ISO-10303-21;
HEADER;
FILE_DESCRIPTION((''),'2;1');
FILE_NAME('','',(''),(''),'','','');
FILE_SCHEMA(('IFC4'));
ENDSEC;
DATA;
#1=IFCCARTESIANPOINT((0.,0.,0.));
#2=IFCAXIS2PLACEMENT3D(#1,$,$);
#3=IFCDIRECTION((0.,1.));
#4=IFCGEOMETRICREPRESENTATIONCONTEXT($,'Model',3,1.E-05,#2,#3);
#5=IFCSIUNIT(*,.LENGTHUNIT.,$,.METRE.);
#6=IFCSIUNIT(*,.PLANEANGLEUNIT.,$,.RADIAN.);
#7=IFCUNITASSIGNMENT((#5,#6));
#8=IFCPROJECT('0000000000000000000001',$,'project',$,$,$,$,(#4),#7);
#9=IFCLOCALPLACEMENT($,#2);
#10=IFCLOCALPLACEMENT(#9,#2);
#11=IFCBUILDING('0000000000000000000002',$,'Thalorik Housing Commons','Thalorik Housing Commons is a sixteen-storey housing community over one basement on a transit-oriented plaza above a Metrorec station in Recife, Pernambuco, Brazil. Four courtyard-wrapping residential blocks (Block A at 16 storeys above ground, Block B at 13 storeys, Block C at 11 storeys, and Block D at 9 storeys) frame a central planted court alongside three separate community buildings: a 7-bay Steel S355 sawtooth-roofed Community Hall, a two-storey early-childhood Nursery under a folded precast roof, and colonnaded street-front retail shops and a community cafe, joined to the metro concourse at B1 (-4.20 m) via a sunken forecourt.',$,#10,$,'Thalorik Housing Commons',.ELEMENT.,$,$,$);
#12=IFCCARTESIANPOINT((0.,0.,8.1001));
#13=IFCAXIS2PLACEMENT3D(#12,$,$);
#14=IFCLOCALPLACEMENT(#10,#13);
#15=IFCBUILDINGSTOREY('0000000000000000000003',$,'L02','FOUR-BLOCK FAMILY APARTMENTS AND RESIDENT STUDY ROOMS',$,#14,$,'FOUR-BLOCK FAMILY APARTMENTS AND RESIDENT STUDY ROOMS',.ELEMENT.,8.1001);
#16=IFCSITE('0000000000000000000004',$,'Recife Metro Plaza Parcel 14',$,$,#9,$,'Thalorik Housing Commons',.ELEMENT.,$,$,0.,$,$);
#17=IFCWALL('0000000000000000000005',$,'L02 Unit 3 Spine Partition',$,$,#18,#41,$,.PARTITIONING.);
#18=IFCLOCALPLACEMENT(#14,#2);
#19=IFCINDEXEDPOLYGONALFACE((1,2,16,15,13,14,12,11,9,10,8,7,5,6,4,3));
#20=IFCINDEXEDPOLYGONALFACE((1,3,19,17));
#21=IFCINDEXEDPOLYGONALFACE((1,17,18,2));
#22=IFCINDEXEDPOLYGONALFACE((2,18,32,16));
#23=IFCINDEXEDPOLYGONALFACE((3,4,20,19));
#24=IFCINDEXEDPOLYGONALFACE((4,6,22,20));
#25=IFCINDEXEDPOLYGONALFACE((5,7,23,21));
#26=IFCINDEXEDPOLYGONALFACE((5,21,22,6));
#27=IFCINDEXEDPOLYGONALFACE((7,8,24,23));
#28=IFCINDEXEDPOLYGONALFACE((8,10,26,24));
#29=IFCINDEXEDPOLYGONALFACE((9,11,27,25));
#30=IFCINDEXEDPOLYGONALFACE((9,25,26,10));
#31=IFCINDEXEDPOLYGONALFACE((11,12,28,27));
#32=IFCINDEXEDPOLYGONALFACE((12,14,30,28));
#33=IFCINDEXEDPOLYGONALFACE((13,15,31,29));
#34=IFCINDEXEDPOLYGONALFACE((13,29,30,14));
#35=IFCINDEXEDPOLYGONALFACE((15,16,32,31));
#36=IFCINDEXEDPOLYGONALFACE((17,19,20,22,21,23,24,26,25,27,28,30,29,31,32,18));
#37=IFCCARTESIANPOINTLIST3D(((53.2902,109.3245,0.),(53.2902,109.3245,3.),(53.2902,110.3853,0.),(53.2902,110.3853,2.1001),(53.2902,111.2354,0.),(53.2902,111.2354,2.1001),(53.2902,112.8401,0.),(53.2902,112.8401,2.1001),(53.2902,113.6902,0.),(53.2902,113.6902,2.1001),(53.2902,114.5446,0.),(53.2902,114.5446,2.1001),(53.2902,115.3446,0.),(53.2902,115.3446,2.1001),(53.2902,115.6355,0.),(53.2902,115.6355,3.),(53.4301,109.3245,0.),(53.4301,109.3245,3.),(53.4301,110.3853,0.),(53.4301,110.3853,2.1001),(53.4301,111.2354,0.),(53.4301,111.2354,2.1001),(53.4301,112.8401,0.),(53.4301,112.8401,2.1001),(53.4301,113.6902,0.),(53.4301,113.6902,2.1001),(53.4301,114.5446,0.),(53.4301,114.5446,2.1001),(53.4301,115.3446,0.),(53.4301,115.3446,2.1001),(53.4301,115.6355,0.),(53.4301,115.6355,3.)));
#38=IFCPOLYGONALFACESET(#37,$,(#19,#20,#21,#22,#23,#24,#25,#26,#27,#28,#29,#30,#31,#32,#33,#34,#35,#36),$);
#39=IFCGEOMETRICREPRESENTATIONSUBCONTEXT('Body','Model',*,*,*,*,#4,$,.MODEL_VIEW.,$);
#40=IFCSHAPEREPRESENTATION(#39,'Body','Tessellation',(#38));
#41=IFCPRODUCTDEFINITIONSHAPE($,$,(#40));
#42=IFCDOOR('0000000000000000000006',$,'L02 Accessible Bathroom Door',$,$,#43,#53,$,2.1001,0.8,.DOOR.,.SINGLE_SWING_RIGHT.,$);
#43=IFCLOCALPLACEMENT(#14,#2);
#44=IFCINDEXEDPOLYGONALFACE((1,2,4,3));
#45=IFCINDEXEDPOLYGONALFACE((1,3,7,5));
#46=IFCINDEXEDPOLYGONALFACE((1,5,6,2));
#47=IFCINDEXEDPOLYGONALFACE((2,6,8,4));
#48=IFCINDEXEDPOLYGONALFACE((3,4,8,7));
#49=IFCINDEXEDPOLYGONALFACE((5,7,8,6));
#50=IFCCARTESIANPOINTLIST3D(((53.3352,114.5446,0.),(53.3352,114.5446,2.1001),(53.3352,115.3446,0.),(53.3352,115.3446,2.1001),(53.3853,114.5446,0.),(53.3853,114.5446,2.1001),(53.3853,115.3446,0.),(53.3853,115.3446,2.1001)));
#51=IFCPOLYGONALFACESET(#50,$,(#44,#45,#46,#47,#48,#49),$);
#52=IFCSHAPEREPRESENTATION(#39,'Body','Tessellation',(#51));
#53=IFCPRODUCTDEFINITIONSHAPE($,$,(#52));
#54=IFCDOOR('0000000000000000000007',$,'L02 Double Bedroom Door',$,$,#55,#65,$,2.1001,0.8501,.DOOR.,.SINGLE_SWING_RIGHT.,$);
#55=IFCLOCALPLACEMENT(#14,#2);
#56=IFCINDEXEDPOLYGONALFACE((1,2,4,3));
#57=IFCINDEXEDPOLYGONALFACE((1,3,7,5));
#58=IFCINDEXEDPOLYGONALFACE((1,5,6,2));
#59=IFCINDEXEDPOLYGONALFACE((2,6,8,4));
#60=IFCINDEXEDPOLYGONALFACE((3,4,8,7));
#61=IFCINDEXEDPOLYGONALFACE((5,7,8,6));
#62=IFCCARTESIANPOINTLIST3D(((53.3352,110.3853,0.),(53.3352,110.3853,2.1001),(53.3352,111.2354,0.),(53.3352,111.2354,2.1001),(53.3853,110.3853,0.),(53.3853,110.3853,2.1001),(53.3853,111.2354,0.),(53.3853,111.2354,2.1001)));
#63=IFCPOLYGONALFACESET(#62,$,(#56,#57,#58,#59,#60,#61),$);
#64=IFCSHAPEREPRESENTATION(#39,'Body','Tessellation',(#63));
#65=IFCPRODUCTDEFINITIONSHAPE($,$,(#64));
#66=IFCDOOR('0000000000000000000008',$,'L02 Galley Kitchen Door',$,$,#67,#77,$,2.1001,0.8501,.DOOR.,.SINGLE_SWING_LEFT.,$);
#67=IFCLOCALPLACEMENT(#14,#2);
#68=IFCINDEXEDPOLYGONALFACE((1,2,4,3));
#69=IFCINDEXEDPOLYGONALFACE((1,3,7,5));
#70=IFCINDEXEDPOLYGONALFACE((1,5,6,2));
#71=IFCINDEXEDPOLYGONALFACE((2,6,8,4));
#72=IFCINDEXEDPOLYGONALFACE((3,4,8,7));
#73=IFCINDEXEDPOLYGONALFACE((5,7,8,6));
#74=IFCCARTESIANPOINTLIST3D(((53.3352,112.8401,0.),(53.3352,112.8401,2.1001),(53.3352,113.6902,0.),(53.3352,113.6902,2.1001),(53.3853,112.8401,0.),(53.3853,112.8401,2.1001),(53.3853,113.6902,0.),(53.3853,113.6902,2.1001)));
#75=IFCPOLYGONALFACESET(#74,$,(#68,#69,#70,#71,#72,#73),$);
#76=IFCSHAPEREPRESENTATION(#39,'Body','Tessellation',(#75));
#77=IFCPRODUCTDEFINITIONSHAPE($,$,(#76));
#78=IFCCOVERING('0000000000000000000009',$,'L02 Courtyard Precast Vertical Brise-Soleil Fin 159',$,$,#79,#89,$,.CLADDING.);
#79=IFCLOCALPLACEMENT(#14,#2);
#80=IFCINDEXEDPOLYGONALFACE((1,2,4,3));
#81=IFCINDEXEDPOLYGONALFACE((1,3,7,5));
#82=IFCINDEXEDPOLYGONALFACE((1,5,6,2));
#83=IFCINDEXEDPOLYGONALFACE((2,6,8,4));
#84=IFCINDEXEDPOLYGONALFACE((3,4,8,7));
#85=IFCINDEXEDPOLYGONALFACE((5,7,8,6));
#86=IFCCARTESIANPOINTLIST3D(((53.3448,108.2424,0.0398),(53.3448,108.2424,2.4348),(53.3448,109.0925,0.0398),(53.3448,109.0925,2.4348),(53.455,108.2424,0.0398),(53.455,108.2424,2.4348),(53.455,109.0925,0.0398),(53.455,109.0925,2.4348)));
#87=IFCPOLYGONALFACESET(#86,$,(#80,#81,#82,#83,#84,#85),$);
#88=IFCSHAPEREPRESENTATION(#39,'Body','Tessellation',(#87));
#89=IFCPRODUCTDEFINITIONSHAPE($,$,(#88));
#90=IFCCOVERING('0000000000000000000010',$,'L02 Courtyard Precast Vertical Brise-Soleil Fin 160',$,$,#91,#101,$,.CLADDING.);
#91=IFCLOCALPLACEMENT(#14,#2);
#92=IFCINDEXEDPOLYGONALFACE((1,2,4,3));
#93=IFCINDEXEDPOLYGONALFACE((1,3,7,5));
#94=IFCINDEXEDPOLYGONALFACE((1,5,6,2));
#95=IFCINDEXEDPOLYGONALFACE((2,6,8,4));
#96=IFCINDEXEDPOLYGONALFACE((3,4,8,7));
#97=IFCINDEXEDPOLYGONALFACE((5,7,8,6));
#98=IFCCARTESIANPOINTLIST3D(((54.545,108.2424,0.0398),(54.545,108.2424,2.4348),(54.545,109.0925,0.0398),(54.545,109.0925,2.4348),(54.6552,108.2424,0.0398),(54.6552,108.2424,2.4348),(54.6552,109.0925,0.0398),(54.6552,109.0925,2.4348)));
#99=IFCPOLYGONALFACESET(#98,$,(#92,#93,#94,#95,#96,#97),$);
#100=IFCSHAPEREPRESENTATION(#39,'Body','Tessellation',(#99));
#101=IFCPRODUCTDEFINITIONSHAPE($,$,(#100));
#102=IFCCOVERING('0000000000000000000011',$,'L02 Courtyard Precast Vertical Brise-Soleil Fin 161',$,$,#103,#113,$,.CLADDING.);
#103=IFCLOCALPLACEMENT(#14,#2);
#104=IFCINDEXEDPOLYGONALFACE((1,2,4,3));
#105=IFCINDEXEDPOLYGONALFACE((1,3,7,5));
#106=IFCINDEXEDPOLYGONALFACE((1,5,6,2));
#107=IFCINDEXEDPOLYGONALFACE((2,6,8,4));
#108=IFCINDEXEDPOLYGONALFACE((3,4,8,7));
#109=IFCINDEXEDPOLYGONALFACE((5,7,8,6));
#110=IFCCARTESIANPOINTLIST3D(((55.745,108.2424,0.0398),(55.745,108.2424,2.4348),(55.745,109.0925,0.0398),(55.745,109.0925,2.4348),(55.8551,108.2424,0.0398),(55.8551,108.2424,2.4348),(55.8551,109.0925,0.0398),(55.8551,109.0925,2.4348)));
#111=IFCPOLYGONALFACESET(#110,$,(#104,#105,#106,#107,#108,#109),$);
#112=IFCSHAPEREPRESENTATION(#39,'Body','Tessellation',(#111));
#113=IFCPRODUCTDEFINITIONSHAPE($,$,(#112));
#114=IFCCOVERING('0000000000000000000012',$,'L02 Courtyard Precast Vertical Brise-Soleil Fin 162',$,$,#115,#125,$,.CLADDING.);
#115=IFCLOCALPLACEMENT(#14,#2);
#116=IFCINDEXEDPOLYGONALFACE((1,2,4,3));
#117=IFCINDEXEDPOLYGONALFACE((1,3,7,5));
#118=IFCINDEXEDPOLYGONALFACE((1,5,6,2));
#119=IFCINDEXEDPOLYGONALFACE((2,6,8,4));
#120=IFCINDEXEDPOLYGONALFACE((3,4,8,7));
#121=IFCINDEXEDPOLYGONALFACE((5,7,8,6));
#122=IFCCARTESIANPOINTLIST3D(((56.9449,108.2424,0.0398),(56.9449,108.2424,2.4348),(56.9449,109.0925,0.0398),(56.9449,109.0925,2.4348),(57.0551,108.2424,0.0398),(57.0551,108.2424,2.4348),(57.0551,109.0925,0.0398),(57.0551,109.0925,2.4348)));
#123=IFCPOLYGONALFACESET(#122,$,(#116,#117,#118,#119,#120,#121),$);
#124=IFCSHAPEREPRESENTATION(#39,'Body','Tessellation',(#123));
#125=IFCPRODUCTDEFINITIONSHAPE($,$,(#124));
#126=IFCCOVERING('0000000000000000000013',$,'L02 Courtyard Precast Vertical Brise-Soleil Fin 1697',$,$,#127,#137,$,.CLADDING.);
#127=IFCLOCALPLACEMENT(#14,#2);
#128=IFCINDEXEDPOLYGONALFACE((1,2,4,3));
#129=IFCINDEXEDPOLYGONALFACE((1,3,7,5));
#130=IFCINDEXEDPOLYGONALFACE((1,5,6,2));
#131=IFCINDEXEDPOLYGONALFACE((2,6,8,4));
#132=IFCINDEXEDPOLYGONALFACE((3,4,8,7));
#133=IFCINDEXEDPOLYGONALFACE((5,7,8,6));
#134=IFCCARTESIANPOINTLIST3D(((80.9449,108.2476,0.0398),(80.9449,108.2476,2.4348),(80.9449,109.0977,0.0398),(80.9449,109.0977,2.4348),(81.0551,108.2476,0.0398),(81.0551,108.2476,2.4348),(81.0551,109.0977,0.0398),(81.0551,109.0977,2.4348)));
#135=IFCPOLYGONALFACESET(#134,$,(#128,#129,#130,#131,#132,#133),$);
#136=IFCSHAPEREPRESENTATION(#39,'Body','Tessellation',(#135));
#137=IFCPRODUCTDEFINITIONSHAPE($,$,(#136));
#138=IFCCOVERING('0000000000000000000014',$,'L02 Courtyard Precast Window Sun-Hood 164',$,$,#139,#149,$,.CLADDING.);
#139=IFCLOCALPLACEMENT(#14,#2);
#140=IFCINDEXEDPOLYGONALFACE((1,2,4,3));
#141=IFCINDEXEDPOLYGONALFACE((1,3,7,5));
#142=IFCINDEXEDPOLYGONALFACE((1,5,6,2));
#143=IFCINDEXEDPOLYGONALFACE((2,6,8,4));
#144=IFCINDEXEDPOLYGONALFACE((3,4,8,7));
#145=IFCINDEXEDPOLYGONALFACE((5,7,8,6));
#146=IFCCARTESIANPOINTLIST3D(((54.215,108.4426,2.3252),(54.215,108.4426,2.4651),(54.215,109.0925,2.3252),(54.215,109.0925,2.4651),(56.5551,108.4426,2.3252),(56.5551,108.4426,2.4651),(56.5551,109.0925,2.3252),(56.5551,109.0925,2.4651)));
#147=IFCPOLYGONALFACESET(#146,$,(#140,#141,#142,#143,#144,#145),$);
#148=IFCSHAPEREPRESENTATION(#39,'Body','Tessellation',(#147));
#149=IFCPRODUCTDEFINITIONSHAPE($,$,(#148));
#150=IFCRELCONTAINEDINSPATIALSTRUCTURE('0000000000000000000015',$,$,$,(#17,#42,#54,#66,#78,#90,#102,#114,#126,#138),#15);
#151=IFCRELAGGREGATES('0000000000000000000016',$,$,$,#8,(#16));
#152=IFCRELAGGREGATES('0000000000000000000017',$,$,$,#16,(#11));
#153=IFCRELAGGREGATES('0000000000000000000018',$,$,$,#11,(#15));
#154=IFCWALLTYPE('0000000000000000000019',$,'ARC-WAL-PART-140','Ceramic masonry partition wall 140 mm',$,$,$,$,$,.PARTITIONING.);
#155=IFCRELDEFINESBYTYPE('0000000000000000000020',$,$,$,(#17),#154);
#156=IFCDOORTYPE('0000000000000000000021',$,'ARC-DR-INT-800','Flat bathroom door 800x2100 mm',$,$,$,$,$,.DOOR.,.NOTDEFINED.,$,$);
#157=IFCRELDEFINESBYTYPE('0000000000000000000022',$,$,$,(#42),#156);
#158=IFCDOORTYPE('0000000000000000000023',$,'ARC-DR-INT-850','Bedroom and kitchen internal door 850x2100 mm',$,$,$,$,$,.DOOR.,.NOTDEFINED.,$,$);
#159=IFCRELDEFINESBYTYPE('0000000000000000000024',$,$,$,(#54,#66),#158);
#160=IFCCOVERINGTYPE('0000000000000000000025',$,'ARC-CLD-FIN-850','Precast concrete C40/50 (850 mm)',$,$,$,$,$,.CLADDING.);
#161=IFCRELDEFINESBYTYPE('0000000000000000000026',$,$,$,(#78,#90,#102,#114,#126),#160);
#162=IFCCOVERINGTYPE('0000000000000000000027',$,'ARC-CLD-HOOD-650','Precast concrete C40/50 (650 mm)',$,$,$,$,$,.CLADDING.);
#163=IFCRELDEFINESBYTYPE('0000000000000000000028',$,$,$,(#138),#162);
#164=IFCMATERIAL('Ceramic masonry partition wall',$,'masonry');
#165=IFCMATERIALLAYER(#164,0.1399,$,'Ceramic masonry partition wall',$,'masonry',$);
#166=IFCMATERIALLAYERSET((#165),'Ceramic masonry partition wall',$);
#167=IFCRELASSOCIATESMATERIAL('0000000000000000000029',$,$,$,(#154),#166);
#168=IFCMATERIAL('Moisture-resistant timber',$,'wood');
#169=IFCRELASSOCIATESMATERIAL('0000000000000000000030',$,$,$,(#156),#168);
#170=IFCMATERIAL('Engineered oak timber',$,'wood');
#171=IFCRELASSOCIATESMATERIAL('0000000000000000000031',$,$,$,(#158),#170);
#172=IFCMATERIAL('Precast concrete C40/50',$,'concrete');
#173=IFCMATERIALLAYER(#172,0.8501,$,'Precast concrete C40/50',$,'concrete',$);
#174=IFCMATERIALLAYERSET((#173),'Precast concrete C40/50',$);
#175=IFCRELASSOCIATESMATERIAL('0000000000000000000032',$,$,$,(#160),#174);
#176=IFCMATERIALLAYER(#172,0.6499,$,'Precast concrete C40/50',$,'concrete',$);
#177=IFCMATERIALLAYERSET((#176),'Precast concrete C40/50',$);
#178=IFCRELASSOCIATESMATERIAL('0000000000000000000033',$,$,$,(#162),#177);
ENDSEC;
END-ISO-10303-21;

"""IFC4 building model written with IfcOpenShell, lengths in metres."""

from ifc_helpers import new_model, si_unit, direction, frame, frame_2d, origin, origin_2d, place, context, subcontext, project, spatial, rectangle, extrude, material, layer, layer_set, type_object, element, fill, save


model = new_model("IFC4")

# Units and contexts
model_context = context("Model", 3, precision=1e-05, world=origin(), true_north=direction((0.0, 1.0)))
body_context = subcontext(model_context, "Body", "Model", "MODEL_VIEW")
ifc_project = project(units=[si_unit("LENGTHUNIT", "METRE"), si_unit("PLANEANGLEUNIT", "RADIAN")], contexts=[model_context])

# Site, building, storey
site_placement = place(None, origin())
site = spatial("IfcSite", under=ifc_project, at=site_placement, Name="Recife Metro Plaza Parcel 14", LongName="Thalorik Housing Commons", CompositionType="ELEMENT", RefElevation=0.0)
building_placement = place(site_placement, origin())
building = spatial("IfcBuilding", under=site, at=building_placement, Name="Thalorik Housing Commons", Description="Thalorik Housing Commons is a sixteen-storey housing community over one basement on a transit-oriented plaza above a Metrorec station in Recife, Pernambuco, Brazil. Four courtyard-wrapping residential blocks (Block A at 16 storeys above ground, Block B at 13 storeys, Block C at 11 storeys, and Block D at 9 storeys) frame a central planted court alongside three separate community buildings: a 7-bay Steel S355 sawtooth-roofed Community Hall, a two-storey early-childhood Nursery under a folded precast roof, and colonnaded street-front retail shops and a community cafe, joined to the metro concourse at B1 (-4.20 m) via a sunken forecourt.", LongName="Thalorik Housing Commons", CompositionType="ELEMENT")
storey_placement = place(building_placement, frame((0.0, 0.0, 8.1001)))
storey = spatial("IfcBuildingStorey", under=building, at=storey_placement, Name="L02", Description="FOUR-BLOCK FAMILY APARTMENTS AND RESIDENT STUDY ROOMS", LongName="FOUR-BLOCK FAMILY APARTMENTS AND RESIDENT STUDY ROOMS", CompositionType="ELEMENT", Elevation=8.1001)

# Shared definitions
ifc_material_1 = material(Name="Precast concrete C40/50", Category="concrete")

# Wall, openings, doors
ifc_material_2 = material(Name="Ceramic masonry partition wall", Category="masonry")
ifc_layer_1 = layer(ifc_material_2, 0.1399, Name="Ceramic masonry partition wall", Category="masonry")
ifc_layer_set_1 = layer_set([ifc_layer_1], Name="Ceramic masonry partition wall")
wall_type_1 = type_object("IfcWallType", Name="ARC-WAL-PART-140", Description="Ceramic masonry partition wall 140 mm", PredefinedType="PARTITIONING", material=ifc_layer_set_1)
wall_1_placement = place(storey_placement, frame((53.3601, 109.3245, 0.0), z_axis=(0.0, 0.0, 1.0), x_axis=(0.0, 1.0, 0.0)))
wall_1 = element("IfcWall", 1, at=wall_1_placement, inside=storey, type_object=wall_type_1, Name="L02 Unit 3 Spine Partition", PredefinedType="PARTITIONING", context=body_context, shape_type="SweptSolid", body=[
    extrude(rectangle(XDim=6.311, YDim=0.1399, at=frame_2d((3.1555, 0.0))), origin(), (0.0, 0.0, 1.0), 3.0),
])
opening_1_placement = place(wall_1_placement, frame((1.0608, 0.0, 0.0)))
opening_1 = element("IfcOpeningElement", 2, at=opening_1_placement, cuts=wall_1, PredefinedType="OPENING", context=body_context, shape_type="SweptSolid", body=[
    extrude(rectangle(XDim=0.8501, YDim=2.1001, at=frame_2d((0.425, 1.05))), frame((0.0, 0.0801, 0.0), z_axis=(0.0, -1.0, 0.0), x_axis=(1.0, 0.0, 0.0)), (0.0, 0.0, 1.0), 0.1599),
])
opening_2_placement = place(wall_1_placement, frame((3.5156, 0.0, 0.0)))
opening_2 = element("IfcOpeningElement", 3, at=opening_2_placement, cuts=wall_1, PredefinedType="OPENING", context=body_context, shape_type="SweptSolid", body=[
    extrude(rectangle(XDim=0.8501, YDim=2.1001, at=frame_2d((0.425, 1.05))), frame((0.0, 0.0801, 0.0), z_axis=(0.0, -1.0, 0.0), x_axis=(1.0, 0.0, 0.0)), (0.0, 0.0, 1.0), 0.1599),
])
opening_3_placement = place(wall_1_placement, frame((5.2202, 0.0, 0.0)))
opening_3 = element("IfcOpeningElement", 4, at=opening_3_placement, cuts=wall_1, PredefinedType="OPENING", context=body_context, shape_type="SweptSolid", body=[
    extrude(rectangle(XDim=0.8, YDim=2.1001, at=frame_2d((0.3999, 1.05))), frame((0.0, 0.0801, 0.0), z_axis=(0.0, -1.0, 0.0), x_axis=(1.0, 0.0, 0.0)), (0.0, 0.0, 1.0), 0.1599),
])
ifc_material_3 = material(Name="Moisture-resistant timber", Category="wood")
door_type_1 = type_object("IfcDoorType", Name="ARC-DR-INT-800", Description="Flat bathroom door 800x2100 mm", OperationType="NOTDEFINED", PredefinedType="DOOR", material=ifc_material_3)
door_1_placement = place(opening_3_placement, origin())
door_1 = element("IfcDoor", 5, at=door_1_placement, inside=storey, type_object=door_type_1, Name="L02 Accessible Bathroom Door", OperationType="SINGLE_SWING_RIGHT", OverallHeight=2.1001, OverallWidth=0.8, PredefinedType="DOOR", context=body_context, shape_type="SweptSolid", body=[
    extrude(rectangle(XDim=0.8, YDim=2.1001, at=frame_2d((0.3999, 1.05))), frame((0.0, 0.0249, 0.0), z_axis=(0.0, -1.0, 0.0), x_axis=(1.0, 0.0, 0.0)), (0.0, 0.0, 1.0), 0.05),
])
fill(opening_3, door_1)
ifc_material_4 = material(Name="Engineered oak timber", Category="wood")
door_type_2 = type_object("IfcDoorType", Name="ARC-DR-INT-850", Description="Bedroom and kitchen internal door 850x2100 mm", OperationType="NOTDEFINED", PredefinedType="DOOR", material=ifc_material_4)
door_2_placement = place(opening_1_placement, origin())
door_2 = element("IfcDoor", 6, at=door_2_placement, inside=storey, type_object=door_type_2, Name="L02 Double Bedroom Door", OperationType="SINGLE_SWING_RIGHT", OverallHeight=2.1001, OverallWidth=0.8501, PredefinedType="DOOR", context=body_context, shape_type="SweptSolid", body=[
    extrude(rectangle(XDim=0.8501, YDim=2.1001, at=frame_2d((0.425, 1.05))), frame((0.0, 0.0249, 0.0), z_axis=(0.0, -1.0, 0.0), x_axis=(1.0, 0.0, 0.0)), (0.0, 0.0, 1.0), 0.05),
])
fill(opening_1, door_2)
door_3_placement = place(opening_2_placement, origin())
door_3 = element("IfcDoor", 7, at=door_3_placement, inside=storey, type_object=door_type_2, Name="L02 Galley Kitchen Door", OperationType="SINGLE_SWING_LEFT", OverallHeight=2.1001, OverallWidth=0.8501, PredefinedType="DOOR", context=body_context, shape_type="SweptSolid", body=[
    extrude(rectangle(XDim=0.8501, YDim=2.1001, at=frame_2d((0.425, 1.05))), frame((0.0, 0.0249, 0.0), z_axis=(0.0, -1.0, 0.0), x_axis=(1.0, 0.0, 0.0)), (0.0, 0.0, 1.0), 0.05),
])
fill(opening_2, door_3)

# Coverings
ifc_layer_2 = layer(ifc_material_1, 0.8501, Name="Precast concrete C40/50", Category="concrete")
ifc_layer_set_2 = layer_set([ifc_layer_2], Name="Precast concrete C40/50")
covering_type_1 = type_object("IfcCoveringType", Name="ARC-CLD-FIN-850", Description="Precast concrete C40/50 (850 mm)", PredefinedType="CLADDING", material=ifc_layer_set_2)
for number, where, z_axis, x_axis, name in (
    (8, (53.3999, 108.6675, 0.0398), (0.0, 0.0, 1.0), (1.0, 0.0, 0.0), "L02 Courtyard Precast Vertical Brise-Soleil Fin 159"),
    (9, (54.6001, 108.6675, 0.0398), (0.0, 0.0, 1.0), (1.0, 0.0, 0.0), "L02 Courtyard Precast Vertical Brise-Soleil Fin 160"),
    (10, (55.8, 108.6675, 0.0398), (0.0, 0.0, 1.0), (1.0, 0.0, 0.0), "L02 Courtyard Precast Vertical Brise-Soleil Fin 161"),
    (11, (57.0, 108.6675, 0.0398), (0.0, 0.0, 1.0), (1.0, 0.0, 0.0), "L02 Courtyard Precast Vertical Brise-Soleil Fin 162"),
    (12, (81.0, 108.6726, 0.0398), (0.0, 0.0, 1.0), (1.0, 0.0, 0.0), "L02 Courtyard Precast Vertical Brise-Soleil Fin 1697"),
):
    element("IfcCovering", number, at=place(storey_placement, frame(where, z_axis=z_axis, x_axis=x_axis)), inside=storey, type_object=covering_type_1, Name=name, PredefinedType="CLADDING", context=body_context, shape_type="SweptSolid", body=[
        extrude(rectangle(XDim=0.1101, YDim=0.8501, at=origin_2d()), origin(), (0.0, 0.0, 1.0), 2.395),
    ])
ifc_layer_3 = layer(ifc_material_1, 0.6499, Name="Precast concrete C40/50", Category="concrete")
ifc_layer_set_3 = layer_set([ifc_layer_3], Name="Precast concrete C40/50")
covering_type_2 = type_object("IfcCoveringType", Name="ARC-CLD-HOOD-650", Description="Precast concrete C40/50 (650 mm)", PredefinedType="CLADDING", material=ifc_layer_set_3)
covering_placement = place(storey_placement, frame((55.385, 108.7676, 2.3252), z_axis=(0.0, 0.0, 1.0), x_axis=(1.0, 0.0, 0.0)))
element("IfcCovering", 13, at=covering_placement, inside=storey, type_object=covering_type_2, Name="L02 Courtyard Precast Window Sun-Hood 164", PredefinedType="CLADDING", context=body_context, shape_type="SweptSolid", body=[
    extrude(rectangle(XDim=2.3401, YDim=0.6499, at=origin_2d()), origin(), (0.0, 0.0, 1.0), 0.1399),
])

save(model, "model.ifc")
